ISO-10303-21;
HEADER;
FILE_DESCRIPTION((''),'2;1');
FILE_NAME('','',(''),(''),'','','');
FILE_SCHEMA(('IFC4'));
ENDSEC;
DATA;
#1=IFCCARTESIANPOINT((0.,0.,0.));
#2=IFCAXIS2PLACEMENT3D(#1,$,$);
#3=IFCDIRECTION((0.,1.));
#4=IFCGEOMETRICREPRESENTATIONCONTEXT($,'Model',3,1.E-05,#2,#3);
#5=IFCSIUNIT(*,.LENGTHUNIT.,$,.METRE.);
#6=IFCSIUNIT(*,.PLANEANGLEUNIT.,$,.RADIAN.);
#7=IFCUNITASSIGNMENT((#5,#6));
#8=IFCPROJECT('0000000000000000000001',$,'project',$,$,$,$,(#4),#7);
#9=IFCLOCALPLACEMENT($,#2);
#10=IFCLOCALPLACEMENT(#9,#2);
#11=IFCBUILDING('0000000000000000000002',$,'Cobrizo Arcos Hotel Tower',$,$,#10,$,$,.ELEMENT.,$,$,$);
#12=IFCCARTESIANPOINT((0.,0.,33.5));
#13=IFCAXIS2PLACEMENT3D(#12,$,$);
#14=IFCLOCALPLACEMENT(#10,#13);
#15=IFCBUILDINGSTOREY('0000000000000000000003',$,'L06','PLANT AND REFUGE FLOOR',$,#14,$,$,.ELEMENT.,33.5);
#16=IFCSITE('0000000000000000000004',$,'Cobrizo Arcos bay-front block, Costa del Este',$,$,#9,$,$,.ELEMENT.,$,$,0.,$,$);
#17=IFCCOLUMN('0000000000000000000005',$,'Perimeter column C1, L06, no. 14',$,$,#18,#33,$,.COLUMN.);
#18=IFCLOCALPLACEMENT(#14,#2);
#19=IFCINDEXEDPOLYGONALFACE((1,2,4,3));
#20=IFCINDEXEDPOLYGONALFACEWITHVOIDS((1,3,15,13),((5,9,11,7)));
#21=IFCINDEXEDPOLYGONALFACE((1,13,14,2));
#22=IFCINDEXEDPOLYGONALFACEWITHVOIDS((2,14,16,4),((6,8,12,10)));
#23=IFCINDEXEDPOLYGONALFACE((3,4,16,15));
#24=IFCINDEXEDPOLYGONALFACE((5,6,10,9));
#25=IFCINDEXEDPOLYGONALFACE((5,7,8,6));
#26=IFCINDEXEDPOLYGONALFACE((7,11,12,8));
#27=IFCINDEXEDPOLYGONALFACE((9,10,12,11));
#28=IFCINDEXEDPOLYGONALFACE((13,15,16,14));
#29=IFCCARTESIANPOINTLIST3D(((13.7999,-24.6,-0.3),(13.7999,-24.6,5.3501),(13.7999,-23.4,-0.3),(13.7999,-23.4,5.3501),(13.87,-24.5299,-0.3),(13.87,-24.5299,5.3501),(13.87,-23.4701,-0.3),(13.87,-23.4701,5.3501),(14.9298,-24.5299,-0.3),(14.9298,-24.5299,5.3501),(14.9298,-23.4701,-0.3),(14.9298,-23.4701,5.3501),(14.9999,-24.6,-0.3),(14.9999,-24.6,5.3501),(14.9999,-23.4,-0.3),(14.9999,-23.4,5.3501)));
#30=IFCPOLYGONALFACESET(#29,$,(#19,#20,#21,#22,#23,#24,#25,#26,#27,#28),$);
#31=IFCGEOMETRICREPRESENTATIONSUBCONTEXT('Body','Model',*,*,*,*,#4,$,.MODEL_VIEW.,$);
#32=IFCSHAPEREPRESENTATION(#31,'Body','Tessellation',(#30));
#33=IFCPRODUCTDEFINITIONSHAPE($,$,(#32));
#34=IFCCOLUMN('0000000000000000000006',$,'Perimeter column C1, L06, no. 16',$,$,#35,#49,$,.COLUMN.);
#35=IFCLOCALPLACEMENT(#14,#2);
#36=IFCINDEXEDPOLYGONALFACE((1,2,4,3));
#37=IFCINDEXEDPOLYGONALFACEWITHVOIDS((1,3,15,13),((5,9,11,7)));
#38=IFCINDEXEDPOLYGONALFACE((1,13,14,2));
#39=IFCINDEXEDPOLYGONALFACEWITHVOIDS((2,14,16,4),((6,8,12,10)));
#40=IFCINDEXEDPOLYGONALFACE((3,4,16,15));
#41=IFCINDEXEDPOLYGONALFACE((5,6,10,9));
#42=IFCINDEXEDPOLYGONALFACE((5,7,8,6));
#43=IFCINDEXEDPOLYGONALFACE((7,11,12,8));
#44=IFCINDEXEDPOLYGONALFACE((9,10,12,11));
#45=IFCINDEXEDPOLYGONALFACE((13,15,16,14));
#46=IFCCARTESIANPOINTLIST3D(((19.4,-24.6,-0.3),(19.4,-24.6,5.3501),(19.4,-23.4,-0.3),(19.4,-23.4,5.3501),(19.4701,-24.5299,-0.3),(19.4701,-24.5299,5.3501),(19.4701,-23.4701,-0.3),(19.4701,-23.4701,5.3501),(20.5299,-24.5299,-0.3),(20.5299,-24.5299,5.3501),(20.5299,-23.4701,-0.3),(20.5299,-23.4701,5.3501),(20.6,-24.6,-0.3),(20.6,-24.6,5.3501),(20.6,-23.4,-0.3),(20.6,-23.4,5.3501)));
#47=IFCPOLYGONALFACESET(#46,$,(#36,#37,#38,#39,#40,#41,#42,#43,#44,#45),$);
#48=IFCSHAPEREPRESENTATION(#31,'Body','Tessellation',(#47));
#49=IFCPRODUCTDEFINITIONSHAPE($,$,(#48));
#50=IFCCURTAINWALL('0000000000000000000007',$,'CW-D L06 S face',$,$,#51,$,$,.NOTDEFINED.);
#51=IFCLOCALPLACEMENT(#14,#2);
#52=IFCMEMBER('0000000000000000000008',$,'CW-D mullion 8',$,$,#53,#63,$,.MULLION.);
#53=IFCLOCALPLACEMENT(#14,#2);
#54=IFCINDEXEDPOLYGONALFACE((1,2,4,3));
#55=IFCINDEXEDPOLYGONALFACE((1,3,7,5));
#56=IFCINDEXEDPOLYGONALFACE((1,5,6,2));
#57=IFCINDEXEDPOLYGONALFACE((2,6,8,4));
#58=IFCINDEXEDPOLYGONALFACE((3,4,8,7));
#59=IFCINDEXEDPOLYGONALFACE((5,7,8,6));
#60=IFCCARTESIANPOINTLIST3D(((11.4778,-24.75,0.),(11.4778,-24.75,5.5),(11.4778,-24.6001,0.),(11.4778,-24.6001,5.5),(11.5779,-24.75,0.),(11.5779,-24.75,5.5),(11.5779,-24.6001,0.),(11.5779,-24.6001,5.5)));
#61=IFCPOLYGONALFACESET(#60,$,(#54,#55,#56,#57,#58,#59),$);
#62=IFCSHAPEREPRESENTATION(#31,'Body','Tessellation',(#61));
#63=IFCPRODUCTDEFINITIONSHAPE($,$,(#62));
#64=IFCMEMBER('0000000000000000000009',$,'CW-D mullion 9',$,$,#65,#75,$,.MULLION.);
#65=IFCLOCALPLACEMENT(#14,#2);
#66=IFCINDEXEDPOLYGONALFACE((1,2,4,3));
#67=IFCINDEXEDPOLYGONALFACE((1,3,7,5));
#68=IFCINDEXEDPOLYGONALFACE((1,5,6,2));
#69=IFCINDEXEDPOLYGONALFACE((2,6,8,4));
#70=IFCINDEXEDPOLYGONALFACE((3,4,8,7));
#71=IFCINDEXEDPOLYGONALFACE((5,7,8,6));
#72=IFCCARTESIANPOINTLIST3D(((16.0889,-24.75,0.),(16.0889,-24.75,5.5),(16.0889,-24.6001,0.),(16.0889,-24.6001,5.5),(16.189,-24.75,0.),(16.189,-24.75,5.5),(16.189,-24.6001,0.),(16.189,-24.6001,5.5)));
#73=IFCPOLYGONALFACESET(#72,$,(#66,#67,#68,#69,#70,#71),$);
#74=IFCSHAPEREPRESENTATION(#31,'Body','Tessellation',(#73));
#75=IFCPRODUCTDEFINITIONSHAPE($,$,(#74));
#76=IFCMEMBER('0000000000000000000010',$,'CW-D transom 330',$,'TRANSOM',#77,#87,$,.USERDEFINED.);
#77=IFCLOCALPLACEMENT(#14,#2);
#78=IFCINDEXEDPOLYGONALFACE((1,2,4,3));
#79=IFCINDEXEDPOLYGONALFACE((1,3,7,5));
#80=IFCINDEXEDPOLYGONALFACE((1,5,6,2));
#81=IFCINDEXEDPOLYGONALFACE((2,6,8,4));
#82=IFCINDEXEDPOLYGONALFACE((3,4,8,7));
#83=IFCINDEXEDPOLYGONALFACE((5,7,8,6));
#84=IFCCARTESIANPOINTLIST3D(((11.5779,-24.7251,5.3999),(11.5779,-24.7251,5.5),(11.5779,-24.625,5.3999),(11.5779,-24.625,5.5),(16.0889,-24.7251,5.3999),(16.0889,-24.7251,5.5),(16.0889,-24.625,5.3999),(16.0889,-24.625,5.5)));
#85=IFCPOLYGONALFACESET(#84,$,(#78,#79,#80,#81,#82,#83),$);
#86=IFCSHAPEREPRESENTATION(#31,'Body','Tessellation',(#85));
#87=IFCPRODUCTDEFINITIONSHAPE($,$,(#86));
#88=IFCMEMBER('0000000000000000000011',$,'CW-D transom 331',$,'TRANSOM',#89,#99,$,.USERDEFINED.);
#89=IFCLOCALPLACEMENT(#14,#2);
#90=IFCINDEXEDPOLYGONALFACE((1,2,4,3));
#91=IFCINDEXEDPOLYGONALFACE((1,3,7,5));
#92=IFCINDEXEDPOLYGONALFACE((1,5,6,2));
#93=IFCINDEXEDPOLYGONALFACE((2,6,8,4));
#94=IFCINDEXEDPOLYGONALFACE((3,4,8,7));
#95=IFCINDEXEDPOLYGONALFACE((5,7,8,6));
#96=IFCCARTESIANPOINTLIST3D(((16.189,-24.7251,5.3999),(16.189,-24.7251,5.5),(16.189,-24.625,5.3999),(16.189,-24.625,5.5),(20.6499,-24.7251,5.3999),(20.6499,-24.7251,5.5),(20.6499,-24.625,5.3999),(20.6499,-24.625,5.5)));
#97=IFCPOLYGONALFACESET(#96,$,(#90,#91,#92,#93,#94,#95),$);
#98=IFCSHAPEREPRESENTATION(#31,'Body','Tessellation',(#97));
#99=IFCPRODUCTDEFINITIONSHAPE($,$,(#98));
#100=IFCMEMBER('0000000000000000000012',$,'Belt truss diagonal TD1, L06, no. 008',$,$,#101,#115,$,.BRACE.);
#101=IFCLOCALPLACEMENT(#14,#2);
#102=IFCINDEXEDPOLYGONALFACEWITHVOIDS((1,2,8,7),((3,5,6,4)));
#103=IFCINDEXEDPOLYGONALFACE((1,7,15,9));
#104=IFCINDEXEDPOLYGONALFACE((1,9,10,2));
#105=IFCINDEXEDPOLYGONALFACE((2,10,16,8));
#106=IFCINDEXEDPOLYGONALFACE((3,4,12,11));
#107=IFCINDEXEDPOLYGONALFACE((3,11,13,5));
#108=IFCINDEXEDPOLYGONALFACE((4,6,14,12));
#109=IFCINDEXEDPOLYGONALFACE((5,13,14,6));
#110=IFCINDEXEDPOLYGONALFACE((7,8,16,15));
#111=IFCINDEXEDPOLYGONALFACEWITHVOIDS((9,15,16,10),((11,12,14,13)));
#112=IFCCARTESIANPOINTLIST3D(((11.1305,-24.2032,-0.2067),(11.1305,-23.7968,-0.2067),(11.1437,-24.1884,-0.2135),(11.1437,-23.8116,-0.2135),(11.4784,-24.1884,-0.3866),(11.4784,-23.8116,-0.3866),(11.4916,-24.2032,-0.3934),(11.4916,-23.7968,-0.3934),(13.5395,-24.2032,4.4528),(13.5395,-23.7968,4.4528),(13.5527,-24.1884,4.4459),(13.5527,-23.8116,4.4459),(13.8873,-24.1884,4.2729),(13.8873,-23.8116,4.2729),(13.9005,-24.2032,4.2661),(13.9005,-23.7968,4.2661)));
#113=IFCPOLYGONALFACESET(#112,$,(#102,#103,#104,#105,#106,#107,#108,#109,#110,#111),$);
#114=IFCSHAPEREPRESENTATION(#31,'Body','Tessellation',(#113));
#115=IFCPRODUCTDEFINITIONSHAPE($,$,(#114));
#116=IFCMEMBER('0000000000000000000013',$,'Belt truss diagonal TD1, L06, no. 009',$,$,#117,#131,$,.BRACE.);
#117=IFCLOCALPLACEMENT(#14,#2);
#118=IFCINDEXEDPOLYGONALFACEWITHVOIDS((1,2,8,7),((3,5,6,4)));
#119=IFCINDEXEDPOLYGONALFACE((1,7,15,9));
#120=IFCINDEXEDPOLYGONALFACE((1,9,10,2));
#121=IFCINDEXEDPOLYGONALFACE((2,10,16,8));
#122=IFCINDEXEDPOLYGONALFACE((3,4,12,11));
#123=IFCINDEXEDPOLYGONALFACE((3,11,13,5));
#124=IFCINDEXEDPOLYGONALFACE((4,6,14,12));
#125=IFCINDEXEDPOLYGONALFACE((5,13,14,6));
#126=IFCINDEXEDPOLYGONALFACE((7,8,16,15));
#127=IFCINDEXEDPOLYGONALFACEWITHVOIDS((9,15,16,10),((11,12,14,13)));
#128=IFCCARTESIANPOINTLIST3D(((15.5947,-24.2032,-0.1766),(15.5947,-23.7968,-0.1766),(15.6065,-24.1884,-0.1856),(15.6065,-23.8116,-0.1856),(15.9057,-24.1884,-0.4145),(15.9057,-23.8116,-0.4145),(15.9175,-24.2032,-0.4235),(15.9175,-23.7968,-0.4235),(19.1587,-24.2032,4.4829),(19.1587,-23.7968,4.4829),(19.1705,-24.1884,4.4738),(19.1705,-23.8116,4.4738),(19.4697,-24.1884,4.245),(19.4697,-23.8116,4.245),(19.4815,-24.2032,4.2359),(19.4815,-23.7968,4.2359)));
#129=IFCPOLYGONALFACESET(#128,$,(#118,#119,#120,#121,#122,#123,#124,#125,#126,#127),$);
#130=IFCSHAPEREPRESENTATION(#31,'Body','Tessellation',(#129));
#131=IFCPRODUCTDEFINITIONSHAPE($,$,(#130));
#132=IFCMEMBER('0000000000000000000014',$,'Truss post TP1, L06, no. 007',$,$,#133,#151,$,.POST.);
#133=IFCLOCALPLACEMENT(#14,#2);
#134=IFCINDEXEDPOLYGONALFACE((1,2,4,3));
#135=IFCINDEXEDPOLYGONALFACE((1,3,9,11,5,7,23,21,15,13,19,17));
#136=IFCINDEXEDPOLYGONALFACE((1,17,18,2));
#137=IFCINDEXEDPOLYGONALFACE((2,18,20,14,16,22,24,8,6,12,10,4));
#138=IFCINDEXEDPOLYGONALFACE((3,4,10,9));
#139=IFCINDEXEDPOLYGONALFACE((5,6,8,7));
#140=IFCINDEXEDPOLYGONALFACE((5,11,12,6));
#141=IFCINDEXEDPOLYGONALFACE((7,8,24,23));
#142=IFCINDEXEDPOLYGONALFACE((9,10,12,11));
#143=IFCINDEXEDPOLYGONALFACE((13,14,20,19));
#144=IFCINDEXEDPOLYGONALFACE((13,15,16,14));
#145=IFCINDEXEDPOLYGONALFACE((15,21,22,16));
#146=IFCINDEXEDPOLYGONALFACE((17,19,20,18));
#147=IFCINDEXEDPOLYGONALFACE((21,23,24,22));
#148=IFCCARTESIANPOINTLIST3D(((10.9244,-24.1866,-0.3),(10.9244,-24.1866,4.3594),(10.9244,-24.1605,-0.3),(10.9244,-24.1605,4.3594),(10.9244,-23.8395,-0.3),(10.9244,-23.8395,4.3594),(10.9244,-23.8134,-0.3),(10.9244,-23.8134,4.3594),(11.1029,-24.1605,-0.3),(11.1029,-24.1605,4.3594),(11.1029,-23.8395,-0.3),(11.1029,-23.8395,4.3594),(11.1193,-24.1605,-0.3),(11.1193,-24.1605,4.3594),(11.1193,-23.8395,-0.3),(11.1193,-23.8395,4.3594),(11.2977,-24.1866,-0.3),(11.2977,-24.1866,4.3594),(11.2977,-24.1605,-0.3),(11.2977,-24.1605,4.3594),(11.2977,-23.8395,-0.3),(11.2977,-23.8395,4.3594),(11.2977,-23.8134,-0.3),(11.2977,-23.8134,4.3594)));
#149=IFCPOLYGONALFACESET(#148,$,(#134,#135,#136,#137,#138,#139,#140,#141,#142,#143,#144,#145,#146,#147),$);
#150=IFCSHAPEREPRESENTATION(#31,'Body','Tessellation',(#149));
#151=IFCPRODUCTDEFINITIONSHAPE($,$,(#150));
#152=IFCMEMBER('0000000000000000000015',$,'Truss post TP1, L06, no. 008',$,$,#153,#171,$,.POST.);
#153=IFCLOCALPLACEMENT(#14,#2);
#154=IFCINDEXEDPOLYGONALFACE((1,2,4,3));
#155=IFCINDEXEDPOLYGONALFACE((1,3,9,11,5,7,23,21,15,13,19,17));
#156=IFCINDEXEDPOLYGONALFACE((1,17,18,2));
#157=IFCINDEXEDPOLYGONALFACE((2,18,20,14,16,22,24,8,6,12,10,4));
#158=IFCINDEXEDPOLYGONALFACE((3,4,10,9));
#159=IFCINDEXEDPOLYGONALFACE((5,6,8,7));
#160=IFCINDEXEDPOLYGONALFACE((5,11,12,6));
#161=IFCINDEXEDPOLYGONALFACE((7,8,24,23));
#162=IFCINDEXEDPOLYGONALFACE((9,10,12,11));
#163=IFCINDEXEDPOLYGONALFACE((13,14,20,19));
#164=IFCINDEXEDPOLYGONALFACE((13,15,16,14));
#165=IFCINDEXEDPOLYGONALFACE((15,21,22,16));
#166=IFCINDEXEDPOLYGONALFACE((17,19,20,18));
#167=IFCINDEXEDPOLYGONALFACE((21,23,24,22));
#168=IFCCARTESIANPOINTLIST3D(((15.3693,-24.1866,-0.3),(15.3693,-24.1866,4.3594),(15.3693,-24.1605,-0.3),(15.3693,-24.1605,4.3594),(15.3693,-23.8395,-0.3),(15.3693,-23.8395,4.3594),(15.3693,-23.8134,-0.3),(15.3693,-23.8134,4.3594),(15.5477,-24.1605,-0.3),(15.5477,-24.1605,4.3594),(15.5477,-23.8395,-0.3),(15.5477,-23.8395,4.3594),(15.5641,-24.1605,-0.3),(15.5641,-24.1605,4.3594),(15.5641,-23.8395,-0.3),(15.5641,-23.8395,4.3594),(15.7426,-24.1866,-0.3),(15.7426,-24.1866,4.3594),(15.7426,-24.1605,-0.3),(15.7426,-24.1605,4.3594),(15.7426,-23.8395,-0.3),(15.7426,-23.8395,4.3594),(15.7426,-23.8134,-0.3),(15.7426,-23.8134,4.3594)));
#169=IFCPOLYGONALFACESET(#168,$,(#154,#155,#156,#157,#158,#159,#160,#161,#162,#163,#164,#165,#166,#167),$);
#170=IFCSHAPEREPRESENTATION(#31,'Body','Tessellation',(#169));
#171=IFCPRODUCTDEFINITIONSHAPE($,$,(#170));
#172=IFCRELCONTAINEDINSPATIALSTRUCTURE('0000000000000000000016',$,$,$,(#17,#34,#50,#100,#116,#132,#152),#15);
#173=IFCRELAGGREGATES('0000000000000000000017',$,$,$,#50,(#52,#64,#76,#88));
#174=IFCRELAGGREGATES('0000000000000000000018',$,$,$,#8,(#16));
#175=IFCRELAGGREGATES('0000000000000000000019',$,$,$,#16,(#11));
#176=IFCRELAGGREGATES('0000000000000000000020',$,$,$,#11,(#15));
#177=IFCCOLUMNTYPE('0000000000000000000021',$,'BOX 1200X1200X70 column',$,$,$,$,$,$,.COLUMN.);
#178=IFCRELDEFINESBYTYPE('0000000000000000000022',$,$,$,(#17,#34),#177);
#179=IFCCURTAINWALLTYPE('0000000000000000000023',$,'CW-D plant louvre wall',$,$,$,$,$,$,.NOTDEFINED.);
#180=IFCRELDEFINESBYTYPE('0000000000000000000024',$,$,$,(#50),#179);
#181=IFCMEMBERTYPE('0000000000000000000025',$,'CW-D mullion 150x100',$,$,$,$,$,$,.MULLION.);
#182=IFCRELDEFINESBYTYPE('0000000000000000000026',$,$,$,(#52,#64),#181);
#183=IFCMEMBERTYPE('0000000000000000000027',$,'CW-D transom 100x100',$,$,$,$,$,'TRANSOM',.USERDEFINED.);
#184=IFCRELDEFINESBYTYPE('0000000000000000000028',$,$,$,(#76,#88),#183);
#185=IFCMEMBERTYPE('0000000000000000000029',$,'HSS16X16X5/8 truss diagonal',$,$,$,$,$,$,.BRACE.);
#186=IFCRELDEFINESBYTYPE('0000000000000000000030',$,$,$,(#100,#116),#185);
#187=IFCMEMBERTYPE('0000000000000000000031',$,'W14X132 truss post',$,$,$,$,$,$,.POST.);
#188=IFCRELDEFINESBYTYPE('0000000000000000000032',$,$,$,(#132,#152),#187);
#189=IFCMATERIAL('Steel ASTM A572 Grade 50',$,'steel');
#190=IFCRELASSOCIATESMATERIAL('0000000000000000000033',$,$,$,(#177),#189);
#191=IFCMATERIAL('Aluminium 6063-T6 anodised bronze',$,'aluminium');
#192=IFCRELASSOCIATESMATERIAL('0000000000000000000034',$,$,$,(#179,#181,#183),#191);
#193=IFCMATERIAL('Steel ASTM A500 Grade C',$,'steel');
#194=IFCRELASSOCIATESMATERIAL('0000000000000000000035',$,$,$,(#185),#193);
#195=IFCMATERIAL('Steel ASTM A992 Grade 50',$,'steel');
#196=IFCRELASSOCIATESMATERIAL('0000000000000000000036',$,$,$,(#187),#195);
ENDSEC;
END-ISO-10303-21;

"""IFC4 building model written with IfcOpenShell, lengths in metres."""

from ifc_helpers import new_model, si_unit, direction, frame, origin, origin_2d, place, context, subcontext, project, spatial, rectangle, hollow_rectangle, i_section, extrude, material, material_profile, profile_set, type_object, element, aggregate, save


model = new_model("IFC4")

# Units and contexts
model_context = context("Model", 3, precision=1e-05, world=origin(), true_north=direction((0.0, 1.0)))
body_context = subcontext(model_context, "Body", "Model", "MODEL_VIEW")
ifc_project = project(units=[si_unit("LENGTHUNIT", "METRE"), si_unit("PLANEANGLEUNIT", "RADIAN")], contexts=[model_context])

# Site, building, storey
site_placement = place(None, origin())
site = spatial("IfcSite", under=ifc_project, at=site_placement, Name="Cobrizo Arcos bay-front block, Costa del Este", CompositionType="ELEMENT", RefElevation=0.0)
building_placement = place(site_placement, origin())
building = spatial("IfcBuilding", under=site, at=building_placement, Name="Cobrizo Arcos Hotel Tower", CompositionType="ELEMENT")
storey_placement = place(building_placement, frame((0.0, 0.0, 33.5)))
storey = spatial("IfcBuildingStorey", under=building, at=storey_placement, Name="L06", Description="PLANT AND REFUGE FLOOR", CompositionType="ELEMENT", Elevation=33.5)

# Columns
ifc_material_1 = material(Name="Steel ASTM A572 Grade 50", Category="steel")
ifc_material_profile_1 = material_profile(ifc_material_1, hollow_rectangle(XDim=1.2, YDim=1.2, WallThickness=0.0701, at=origin_2d()), Name="BOX 1200X1200X70")
ifc_profile_set_1 = profile_set([ifc_material_profile_1], Name="Steel ASTM A572 Grade 50")
column_type = type_object("IfcColumnType", Name="BOX 1200X1200X70 column", PredefinedType="COLUMN", material=ifc_profile_set_1)
for number, where, z_axis, x_axis, name in (
    (1, (14.3999, -24.0, -0.3), (0.0, 0.0, 1.0), (1.0, 0.0, 0.0), "Perimeter column C1, L06, no. 14"),
    (2, (20.0, -24.0, -0.3), (0.0, 0.0, 1.0), (1.0, 0.0, 0.0), "Perimeter column C1, L06, no. 16"),
):
    element("IfcColumn", number, at=place(storey_placement, frame(where, z_axis=z_axis, x_axis=x_axis)), inside=storey, type_object=column_type, Name=name, PredefinedType="COLUMN", context=body_context, shape_type="SweptSolid", body=[
        extrude(hollow_rectangle(XDim=1.2, YDim=1.2, WallThickness=0.0701, at=origin_2d()), origin(), (0.0, 0.0, 1.0), 5.6501),
    ])

# Curtain wall, members
ifc_material_2 = material(Name="Aluminium 6063-T6 anodised bronze", Category="aluminium")
curtain_wall_type = type_object("IfcCurtainWallType", Name="CW-D plant louvre wall", PredefinedType="NOTDEFINED", material=ifc_material_2)
curtain_wall_placement = place(storey_placement, origin())
curtain_wall = element("IfcCurtainWall", 3, at=curtain_wall_placement, inside=storey, type_object=curtain_wall_type, Name="CW-D L06 S face", PredefinedType="NOTDEFINED")
ifc_material_profile_2 = material_profile(ifc_material_2, rectangle(XDim=0.1499, YDim=0.1001, at=origin_2d()), Name="CW-D mullion 150x100")
ifc_profile_set_2 = profile_set([ifc_material_profile_2], Name="Aluminium 6063-T6 anodised bronze")
member_type_1 = type_object("IfcMemberType", Name="CW-D mullion 150x100", PredefinedType="MULLION", material=ifc_profile_set_2)
member_1_placement = place(storey_placement, frame((11.5278, -24.675, 0.0), z_axis=(0.0, 0.0, 1.0), x_axis=(0.0, -1.0, 0.0)))
member_1 = element("IfcMember", 4, at=member_1_placement, type_object=member_type_1, Name="CW-D mullion 8", PredefinedType="MULLION", context=body_context, shape_type="SweptSolid", body=[
    extrude(rectangle(XDim=0.1499, YDim=0.1001, at=origin_2d()), origin(), (0.0, 0.0, 1.0), 5.5),
])
member_2_placement = place(storey_placement, frame((16.1389, -24.675, 0.0), z_axis=(0.0, 0.0, 1.0), x_axis=(0.0, -1.0, 0.0)))
member_2 = element("IfcMember", 5, at=member_2_placement, type_object=member_type_1, Name="CW-D mullion 9", PredefinedType="MULLION", context=body_context, shape_type="SweptSolid", body=[
    extrude(rectangle(XDim=0.1499, YDim=0.1001, at=origin_2d()), origin(), (0.0, 0.0, 1.0), 5.5),
])
ifc_material_profile_3 = material_profile(ifc_material_2, rectangle(XDim=0.1001, YDim=0.1001, at=origin_2d()), Name="CW-D transom 100x100")
ifc_profile_set_3 = profile_set([ifc_material_profile_3], Name="Aluminium 6063-T6 anodised bronze")
member_type_2 = type_object("IfcMemberType", Name="CW-D transom 100x100", ElementType="TRANSOM", PredefinedType="USERDEFINED", material=ifc_profile_set_3)
member_3_placement = place(storey_placement, frame((11.5779, -24.675, 5.45), z_axis=(1.0, 0.0, 0.0), x_axis=(0.0, 1.0, 0.0)))
member_3 = element("IfcMember", 6, at=member_3_placement, type_object=member_type_2, Name="CW-D transom 330", ObjectType="TRANSOM", PredefinedType="USERDEFINED", context=body_context, shape_type="SweptSolid", body=[
    extrude(rectangle(XDim=0.1001, YDim=0.1001, at=origin_2d()), origin(), (0.0, 0.0, 1.0), 4.511),
])
member_4_placement = place(storey_placement, frame((16.189, -24.675, 5.45), z_axis=(1.0, 0.0, 0.0), x_axis=(0.0, 1.0, 0.0)))
member_4 = element("IfcMember", 7, at=member_4_placement, type_object=member_type_2, Name="CW-D transom 331", ObjectType="TRANSOM", PredefinedType="USERDEFINED", context=body_context, shape_type="SweptSolid", body=[
    extrude(rectangle(XDim=0.1001, YDim=0.1001, at=origin_2d()), origin(), (0.0, 0.0, 1.0), 4.4609),
])

# Members
ifc_material_3 = material(Name="Steel ASTM A500 Grade C", Category="steel")
ifc_material_profile_4 = material_profile(ifc_material_3, hollow_rectangle(XDim=0.4065, YDim=0.4065, WallThickness=0.0149, at=origin_2d()), Name="HSS16X16X5/8")
ifc_profile_set_4 = profile_set([ifc_material_profile_4], Name="Steel ASTM A500 Grade C")
member_type_3 = type_object("IfcMemberType", Name="HSS16X16X5/8 truss diagonal", PredefinedType="BRACE", material=ifc_profile_set_4)
member_5_placement = place(storey_placement, frame((11.311, -24.0, -0.3), z_axis=(0.459256, 0.0, 0.888304), x_axis=(0.0, 1.0, 0.0)))
element("IfcMember", 8, at=member_5_placement, inside=storey, type_object=member_type_3, Name="Belt truss diagonal TD1, L06, no. 008", PredefinedType="BRACE", context=body_context, shape_type="SweptSolid", body=[
    extrude(hollow_rectangle(XDim=0.4065, YDim=0.4065, WallThickness=0.0149, at=origin_2d()), origin(), (0.0, 0.0, 1.0), 5.2454),
])
member_6_placement = place(storey_placement, frame((15.7561, -24.0, -0.3), z_axis=(0.607544, 0.0, 0.794286), x_axis=(0.0, 1.0, 0.0)))
element("IfcMember", 9, at=member_6_placement, inside=storey, type_object=member_type_3, Name="Belt truss diagonal TD1, L06, no. 009", PredefinedType="BRACE", context=body_context, shape_type="SweptSolid", body=[
    extrude(hollow_rectangle(XDim=0.4065, YDim=0.4065, WallThickness=0.0149, at=origin_2d()), origin(), (0.0, 0.0, 1.0), 5.8662),
])
ifc_material_4 = material(Name="Steel ASTM A992 Grade 50", Category="steel")
ifc_material_profile_5 = material_profile(ifc_material_4, i_section(OverallWidth=0.3733, OverallDepth=0.3733, WebThickness=0.0164, FlangeThickness=0.0261, at=origin_2d()), Name="W14X132")
ifc_profile_set_5 = profile_set([ifc_material_profile_5], Name="Steel ASTM A992 Grade 50")
member_type_4 = type_object("IfcMemberType", Name="W14X132 truss post", PredefinedType="POST", material=ifc_profile_set_5)
for number, where, z_axis, x_axis, name in (
    (10, (11.1111, -24.0, -0.3), (0.0, 0.0, 1.0), (1.0, 0.0, 0.0), "Truss post TP1, L06, no. 007"),
    (11, (15.5559, -24.0, -0.3), (0.0, 0.0, 1.0), (1.0, 0.0, 0.0), "Truss post TP1, L06, no. 008"),
):
    element("IfcMember", number, at=place(storey_placement, frame(where, z_axis=z_axis, x_axis=x_axis)), inside=storey, type_object=member_type_4, Name=name, PredefinedType="POST", context=body_context, shape_type="SweptSolid", body=[
        extrude(i_section(OverallWidth=0.3733, OverallDepth=0.3733, WebThickness=0.0164, FlangeThickness=0.0261, at=origin_2d()), origin(), (0.0, 0.0, 1.0), 4.6594),
    ])

aggregate(curtain_wall, [member_1, member_2, member_3, member_4])

save(model, "model.ifc")
